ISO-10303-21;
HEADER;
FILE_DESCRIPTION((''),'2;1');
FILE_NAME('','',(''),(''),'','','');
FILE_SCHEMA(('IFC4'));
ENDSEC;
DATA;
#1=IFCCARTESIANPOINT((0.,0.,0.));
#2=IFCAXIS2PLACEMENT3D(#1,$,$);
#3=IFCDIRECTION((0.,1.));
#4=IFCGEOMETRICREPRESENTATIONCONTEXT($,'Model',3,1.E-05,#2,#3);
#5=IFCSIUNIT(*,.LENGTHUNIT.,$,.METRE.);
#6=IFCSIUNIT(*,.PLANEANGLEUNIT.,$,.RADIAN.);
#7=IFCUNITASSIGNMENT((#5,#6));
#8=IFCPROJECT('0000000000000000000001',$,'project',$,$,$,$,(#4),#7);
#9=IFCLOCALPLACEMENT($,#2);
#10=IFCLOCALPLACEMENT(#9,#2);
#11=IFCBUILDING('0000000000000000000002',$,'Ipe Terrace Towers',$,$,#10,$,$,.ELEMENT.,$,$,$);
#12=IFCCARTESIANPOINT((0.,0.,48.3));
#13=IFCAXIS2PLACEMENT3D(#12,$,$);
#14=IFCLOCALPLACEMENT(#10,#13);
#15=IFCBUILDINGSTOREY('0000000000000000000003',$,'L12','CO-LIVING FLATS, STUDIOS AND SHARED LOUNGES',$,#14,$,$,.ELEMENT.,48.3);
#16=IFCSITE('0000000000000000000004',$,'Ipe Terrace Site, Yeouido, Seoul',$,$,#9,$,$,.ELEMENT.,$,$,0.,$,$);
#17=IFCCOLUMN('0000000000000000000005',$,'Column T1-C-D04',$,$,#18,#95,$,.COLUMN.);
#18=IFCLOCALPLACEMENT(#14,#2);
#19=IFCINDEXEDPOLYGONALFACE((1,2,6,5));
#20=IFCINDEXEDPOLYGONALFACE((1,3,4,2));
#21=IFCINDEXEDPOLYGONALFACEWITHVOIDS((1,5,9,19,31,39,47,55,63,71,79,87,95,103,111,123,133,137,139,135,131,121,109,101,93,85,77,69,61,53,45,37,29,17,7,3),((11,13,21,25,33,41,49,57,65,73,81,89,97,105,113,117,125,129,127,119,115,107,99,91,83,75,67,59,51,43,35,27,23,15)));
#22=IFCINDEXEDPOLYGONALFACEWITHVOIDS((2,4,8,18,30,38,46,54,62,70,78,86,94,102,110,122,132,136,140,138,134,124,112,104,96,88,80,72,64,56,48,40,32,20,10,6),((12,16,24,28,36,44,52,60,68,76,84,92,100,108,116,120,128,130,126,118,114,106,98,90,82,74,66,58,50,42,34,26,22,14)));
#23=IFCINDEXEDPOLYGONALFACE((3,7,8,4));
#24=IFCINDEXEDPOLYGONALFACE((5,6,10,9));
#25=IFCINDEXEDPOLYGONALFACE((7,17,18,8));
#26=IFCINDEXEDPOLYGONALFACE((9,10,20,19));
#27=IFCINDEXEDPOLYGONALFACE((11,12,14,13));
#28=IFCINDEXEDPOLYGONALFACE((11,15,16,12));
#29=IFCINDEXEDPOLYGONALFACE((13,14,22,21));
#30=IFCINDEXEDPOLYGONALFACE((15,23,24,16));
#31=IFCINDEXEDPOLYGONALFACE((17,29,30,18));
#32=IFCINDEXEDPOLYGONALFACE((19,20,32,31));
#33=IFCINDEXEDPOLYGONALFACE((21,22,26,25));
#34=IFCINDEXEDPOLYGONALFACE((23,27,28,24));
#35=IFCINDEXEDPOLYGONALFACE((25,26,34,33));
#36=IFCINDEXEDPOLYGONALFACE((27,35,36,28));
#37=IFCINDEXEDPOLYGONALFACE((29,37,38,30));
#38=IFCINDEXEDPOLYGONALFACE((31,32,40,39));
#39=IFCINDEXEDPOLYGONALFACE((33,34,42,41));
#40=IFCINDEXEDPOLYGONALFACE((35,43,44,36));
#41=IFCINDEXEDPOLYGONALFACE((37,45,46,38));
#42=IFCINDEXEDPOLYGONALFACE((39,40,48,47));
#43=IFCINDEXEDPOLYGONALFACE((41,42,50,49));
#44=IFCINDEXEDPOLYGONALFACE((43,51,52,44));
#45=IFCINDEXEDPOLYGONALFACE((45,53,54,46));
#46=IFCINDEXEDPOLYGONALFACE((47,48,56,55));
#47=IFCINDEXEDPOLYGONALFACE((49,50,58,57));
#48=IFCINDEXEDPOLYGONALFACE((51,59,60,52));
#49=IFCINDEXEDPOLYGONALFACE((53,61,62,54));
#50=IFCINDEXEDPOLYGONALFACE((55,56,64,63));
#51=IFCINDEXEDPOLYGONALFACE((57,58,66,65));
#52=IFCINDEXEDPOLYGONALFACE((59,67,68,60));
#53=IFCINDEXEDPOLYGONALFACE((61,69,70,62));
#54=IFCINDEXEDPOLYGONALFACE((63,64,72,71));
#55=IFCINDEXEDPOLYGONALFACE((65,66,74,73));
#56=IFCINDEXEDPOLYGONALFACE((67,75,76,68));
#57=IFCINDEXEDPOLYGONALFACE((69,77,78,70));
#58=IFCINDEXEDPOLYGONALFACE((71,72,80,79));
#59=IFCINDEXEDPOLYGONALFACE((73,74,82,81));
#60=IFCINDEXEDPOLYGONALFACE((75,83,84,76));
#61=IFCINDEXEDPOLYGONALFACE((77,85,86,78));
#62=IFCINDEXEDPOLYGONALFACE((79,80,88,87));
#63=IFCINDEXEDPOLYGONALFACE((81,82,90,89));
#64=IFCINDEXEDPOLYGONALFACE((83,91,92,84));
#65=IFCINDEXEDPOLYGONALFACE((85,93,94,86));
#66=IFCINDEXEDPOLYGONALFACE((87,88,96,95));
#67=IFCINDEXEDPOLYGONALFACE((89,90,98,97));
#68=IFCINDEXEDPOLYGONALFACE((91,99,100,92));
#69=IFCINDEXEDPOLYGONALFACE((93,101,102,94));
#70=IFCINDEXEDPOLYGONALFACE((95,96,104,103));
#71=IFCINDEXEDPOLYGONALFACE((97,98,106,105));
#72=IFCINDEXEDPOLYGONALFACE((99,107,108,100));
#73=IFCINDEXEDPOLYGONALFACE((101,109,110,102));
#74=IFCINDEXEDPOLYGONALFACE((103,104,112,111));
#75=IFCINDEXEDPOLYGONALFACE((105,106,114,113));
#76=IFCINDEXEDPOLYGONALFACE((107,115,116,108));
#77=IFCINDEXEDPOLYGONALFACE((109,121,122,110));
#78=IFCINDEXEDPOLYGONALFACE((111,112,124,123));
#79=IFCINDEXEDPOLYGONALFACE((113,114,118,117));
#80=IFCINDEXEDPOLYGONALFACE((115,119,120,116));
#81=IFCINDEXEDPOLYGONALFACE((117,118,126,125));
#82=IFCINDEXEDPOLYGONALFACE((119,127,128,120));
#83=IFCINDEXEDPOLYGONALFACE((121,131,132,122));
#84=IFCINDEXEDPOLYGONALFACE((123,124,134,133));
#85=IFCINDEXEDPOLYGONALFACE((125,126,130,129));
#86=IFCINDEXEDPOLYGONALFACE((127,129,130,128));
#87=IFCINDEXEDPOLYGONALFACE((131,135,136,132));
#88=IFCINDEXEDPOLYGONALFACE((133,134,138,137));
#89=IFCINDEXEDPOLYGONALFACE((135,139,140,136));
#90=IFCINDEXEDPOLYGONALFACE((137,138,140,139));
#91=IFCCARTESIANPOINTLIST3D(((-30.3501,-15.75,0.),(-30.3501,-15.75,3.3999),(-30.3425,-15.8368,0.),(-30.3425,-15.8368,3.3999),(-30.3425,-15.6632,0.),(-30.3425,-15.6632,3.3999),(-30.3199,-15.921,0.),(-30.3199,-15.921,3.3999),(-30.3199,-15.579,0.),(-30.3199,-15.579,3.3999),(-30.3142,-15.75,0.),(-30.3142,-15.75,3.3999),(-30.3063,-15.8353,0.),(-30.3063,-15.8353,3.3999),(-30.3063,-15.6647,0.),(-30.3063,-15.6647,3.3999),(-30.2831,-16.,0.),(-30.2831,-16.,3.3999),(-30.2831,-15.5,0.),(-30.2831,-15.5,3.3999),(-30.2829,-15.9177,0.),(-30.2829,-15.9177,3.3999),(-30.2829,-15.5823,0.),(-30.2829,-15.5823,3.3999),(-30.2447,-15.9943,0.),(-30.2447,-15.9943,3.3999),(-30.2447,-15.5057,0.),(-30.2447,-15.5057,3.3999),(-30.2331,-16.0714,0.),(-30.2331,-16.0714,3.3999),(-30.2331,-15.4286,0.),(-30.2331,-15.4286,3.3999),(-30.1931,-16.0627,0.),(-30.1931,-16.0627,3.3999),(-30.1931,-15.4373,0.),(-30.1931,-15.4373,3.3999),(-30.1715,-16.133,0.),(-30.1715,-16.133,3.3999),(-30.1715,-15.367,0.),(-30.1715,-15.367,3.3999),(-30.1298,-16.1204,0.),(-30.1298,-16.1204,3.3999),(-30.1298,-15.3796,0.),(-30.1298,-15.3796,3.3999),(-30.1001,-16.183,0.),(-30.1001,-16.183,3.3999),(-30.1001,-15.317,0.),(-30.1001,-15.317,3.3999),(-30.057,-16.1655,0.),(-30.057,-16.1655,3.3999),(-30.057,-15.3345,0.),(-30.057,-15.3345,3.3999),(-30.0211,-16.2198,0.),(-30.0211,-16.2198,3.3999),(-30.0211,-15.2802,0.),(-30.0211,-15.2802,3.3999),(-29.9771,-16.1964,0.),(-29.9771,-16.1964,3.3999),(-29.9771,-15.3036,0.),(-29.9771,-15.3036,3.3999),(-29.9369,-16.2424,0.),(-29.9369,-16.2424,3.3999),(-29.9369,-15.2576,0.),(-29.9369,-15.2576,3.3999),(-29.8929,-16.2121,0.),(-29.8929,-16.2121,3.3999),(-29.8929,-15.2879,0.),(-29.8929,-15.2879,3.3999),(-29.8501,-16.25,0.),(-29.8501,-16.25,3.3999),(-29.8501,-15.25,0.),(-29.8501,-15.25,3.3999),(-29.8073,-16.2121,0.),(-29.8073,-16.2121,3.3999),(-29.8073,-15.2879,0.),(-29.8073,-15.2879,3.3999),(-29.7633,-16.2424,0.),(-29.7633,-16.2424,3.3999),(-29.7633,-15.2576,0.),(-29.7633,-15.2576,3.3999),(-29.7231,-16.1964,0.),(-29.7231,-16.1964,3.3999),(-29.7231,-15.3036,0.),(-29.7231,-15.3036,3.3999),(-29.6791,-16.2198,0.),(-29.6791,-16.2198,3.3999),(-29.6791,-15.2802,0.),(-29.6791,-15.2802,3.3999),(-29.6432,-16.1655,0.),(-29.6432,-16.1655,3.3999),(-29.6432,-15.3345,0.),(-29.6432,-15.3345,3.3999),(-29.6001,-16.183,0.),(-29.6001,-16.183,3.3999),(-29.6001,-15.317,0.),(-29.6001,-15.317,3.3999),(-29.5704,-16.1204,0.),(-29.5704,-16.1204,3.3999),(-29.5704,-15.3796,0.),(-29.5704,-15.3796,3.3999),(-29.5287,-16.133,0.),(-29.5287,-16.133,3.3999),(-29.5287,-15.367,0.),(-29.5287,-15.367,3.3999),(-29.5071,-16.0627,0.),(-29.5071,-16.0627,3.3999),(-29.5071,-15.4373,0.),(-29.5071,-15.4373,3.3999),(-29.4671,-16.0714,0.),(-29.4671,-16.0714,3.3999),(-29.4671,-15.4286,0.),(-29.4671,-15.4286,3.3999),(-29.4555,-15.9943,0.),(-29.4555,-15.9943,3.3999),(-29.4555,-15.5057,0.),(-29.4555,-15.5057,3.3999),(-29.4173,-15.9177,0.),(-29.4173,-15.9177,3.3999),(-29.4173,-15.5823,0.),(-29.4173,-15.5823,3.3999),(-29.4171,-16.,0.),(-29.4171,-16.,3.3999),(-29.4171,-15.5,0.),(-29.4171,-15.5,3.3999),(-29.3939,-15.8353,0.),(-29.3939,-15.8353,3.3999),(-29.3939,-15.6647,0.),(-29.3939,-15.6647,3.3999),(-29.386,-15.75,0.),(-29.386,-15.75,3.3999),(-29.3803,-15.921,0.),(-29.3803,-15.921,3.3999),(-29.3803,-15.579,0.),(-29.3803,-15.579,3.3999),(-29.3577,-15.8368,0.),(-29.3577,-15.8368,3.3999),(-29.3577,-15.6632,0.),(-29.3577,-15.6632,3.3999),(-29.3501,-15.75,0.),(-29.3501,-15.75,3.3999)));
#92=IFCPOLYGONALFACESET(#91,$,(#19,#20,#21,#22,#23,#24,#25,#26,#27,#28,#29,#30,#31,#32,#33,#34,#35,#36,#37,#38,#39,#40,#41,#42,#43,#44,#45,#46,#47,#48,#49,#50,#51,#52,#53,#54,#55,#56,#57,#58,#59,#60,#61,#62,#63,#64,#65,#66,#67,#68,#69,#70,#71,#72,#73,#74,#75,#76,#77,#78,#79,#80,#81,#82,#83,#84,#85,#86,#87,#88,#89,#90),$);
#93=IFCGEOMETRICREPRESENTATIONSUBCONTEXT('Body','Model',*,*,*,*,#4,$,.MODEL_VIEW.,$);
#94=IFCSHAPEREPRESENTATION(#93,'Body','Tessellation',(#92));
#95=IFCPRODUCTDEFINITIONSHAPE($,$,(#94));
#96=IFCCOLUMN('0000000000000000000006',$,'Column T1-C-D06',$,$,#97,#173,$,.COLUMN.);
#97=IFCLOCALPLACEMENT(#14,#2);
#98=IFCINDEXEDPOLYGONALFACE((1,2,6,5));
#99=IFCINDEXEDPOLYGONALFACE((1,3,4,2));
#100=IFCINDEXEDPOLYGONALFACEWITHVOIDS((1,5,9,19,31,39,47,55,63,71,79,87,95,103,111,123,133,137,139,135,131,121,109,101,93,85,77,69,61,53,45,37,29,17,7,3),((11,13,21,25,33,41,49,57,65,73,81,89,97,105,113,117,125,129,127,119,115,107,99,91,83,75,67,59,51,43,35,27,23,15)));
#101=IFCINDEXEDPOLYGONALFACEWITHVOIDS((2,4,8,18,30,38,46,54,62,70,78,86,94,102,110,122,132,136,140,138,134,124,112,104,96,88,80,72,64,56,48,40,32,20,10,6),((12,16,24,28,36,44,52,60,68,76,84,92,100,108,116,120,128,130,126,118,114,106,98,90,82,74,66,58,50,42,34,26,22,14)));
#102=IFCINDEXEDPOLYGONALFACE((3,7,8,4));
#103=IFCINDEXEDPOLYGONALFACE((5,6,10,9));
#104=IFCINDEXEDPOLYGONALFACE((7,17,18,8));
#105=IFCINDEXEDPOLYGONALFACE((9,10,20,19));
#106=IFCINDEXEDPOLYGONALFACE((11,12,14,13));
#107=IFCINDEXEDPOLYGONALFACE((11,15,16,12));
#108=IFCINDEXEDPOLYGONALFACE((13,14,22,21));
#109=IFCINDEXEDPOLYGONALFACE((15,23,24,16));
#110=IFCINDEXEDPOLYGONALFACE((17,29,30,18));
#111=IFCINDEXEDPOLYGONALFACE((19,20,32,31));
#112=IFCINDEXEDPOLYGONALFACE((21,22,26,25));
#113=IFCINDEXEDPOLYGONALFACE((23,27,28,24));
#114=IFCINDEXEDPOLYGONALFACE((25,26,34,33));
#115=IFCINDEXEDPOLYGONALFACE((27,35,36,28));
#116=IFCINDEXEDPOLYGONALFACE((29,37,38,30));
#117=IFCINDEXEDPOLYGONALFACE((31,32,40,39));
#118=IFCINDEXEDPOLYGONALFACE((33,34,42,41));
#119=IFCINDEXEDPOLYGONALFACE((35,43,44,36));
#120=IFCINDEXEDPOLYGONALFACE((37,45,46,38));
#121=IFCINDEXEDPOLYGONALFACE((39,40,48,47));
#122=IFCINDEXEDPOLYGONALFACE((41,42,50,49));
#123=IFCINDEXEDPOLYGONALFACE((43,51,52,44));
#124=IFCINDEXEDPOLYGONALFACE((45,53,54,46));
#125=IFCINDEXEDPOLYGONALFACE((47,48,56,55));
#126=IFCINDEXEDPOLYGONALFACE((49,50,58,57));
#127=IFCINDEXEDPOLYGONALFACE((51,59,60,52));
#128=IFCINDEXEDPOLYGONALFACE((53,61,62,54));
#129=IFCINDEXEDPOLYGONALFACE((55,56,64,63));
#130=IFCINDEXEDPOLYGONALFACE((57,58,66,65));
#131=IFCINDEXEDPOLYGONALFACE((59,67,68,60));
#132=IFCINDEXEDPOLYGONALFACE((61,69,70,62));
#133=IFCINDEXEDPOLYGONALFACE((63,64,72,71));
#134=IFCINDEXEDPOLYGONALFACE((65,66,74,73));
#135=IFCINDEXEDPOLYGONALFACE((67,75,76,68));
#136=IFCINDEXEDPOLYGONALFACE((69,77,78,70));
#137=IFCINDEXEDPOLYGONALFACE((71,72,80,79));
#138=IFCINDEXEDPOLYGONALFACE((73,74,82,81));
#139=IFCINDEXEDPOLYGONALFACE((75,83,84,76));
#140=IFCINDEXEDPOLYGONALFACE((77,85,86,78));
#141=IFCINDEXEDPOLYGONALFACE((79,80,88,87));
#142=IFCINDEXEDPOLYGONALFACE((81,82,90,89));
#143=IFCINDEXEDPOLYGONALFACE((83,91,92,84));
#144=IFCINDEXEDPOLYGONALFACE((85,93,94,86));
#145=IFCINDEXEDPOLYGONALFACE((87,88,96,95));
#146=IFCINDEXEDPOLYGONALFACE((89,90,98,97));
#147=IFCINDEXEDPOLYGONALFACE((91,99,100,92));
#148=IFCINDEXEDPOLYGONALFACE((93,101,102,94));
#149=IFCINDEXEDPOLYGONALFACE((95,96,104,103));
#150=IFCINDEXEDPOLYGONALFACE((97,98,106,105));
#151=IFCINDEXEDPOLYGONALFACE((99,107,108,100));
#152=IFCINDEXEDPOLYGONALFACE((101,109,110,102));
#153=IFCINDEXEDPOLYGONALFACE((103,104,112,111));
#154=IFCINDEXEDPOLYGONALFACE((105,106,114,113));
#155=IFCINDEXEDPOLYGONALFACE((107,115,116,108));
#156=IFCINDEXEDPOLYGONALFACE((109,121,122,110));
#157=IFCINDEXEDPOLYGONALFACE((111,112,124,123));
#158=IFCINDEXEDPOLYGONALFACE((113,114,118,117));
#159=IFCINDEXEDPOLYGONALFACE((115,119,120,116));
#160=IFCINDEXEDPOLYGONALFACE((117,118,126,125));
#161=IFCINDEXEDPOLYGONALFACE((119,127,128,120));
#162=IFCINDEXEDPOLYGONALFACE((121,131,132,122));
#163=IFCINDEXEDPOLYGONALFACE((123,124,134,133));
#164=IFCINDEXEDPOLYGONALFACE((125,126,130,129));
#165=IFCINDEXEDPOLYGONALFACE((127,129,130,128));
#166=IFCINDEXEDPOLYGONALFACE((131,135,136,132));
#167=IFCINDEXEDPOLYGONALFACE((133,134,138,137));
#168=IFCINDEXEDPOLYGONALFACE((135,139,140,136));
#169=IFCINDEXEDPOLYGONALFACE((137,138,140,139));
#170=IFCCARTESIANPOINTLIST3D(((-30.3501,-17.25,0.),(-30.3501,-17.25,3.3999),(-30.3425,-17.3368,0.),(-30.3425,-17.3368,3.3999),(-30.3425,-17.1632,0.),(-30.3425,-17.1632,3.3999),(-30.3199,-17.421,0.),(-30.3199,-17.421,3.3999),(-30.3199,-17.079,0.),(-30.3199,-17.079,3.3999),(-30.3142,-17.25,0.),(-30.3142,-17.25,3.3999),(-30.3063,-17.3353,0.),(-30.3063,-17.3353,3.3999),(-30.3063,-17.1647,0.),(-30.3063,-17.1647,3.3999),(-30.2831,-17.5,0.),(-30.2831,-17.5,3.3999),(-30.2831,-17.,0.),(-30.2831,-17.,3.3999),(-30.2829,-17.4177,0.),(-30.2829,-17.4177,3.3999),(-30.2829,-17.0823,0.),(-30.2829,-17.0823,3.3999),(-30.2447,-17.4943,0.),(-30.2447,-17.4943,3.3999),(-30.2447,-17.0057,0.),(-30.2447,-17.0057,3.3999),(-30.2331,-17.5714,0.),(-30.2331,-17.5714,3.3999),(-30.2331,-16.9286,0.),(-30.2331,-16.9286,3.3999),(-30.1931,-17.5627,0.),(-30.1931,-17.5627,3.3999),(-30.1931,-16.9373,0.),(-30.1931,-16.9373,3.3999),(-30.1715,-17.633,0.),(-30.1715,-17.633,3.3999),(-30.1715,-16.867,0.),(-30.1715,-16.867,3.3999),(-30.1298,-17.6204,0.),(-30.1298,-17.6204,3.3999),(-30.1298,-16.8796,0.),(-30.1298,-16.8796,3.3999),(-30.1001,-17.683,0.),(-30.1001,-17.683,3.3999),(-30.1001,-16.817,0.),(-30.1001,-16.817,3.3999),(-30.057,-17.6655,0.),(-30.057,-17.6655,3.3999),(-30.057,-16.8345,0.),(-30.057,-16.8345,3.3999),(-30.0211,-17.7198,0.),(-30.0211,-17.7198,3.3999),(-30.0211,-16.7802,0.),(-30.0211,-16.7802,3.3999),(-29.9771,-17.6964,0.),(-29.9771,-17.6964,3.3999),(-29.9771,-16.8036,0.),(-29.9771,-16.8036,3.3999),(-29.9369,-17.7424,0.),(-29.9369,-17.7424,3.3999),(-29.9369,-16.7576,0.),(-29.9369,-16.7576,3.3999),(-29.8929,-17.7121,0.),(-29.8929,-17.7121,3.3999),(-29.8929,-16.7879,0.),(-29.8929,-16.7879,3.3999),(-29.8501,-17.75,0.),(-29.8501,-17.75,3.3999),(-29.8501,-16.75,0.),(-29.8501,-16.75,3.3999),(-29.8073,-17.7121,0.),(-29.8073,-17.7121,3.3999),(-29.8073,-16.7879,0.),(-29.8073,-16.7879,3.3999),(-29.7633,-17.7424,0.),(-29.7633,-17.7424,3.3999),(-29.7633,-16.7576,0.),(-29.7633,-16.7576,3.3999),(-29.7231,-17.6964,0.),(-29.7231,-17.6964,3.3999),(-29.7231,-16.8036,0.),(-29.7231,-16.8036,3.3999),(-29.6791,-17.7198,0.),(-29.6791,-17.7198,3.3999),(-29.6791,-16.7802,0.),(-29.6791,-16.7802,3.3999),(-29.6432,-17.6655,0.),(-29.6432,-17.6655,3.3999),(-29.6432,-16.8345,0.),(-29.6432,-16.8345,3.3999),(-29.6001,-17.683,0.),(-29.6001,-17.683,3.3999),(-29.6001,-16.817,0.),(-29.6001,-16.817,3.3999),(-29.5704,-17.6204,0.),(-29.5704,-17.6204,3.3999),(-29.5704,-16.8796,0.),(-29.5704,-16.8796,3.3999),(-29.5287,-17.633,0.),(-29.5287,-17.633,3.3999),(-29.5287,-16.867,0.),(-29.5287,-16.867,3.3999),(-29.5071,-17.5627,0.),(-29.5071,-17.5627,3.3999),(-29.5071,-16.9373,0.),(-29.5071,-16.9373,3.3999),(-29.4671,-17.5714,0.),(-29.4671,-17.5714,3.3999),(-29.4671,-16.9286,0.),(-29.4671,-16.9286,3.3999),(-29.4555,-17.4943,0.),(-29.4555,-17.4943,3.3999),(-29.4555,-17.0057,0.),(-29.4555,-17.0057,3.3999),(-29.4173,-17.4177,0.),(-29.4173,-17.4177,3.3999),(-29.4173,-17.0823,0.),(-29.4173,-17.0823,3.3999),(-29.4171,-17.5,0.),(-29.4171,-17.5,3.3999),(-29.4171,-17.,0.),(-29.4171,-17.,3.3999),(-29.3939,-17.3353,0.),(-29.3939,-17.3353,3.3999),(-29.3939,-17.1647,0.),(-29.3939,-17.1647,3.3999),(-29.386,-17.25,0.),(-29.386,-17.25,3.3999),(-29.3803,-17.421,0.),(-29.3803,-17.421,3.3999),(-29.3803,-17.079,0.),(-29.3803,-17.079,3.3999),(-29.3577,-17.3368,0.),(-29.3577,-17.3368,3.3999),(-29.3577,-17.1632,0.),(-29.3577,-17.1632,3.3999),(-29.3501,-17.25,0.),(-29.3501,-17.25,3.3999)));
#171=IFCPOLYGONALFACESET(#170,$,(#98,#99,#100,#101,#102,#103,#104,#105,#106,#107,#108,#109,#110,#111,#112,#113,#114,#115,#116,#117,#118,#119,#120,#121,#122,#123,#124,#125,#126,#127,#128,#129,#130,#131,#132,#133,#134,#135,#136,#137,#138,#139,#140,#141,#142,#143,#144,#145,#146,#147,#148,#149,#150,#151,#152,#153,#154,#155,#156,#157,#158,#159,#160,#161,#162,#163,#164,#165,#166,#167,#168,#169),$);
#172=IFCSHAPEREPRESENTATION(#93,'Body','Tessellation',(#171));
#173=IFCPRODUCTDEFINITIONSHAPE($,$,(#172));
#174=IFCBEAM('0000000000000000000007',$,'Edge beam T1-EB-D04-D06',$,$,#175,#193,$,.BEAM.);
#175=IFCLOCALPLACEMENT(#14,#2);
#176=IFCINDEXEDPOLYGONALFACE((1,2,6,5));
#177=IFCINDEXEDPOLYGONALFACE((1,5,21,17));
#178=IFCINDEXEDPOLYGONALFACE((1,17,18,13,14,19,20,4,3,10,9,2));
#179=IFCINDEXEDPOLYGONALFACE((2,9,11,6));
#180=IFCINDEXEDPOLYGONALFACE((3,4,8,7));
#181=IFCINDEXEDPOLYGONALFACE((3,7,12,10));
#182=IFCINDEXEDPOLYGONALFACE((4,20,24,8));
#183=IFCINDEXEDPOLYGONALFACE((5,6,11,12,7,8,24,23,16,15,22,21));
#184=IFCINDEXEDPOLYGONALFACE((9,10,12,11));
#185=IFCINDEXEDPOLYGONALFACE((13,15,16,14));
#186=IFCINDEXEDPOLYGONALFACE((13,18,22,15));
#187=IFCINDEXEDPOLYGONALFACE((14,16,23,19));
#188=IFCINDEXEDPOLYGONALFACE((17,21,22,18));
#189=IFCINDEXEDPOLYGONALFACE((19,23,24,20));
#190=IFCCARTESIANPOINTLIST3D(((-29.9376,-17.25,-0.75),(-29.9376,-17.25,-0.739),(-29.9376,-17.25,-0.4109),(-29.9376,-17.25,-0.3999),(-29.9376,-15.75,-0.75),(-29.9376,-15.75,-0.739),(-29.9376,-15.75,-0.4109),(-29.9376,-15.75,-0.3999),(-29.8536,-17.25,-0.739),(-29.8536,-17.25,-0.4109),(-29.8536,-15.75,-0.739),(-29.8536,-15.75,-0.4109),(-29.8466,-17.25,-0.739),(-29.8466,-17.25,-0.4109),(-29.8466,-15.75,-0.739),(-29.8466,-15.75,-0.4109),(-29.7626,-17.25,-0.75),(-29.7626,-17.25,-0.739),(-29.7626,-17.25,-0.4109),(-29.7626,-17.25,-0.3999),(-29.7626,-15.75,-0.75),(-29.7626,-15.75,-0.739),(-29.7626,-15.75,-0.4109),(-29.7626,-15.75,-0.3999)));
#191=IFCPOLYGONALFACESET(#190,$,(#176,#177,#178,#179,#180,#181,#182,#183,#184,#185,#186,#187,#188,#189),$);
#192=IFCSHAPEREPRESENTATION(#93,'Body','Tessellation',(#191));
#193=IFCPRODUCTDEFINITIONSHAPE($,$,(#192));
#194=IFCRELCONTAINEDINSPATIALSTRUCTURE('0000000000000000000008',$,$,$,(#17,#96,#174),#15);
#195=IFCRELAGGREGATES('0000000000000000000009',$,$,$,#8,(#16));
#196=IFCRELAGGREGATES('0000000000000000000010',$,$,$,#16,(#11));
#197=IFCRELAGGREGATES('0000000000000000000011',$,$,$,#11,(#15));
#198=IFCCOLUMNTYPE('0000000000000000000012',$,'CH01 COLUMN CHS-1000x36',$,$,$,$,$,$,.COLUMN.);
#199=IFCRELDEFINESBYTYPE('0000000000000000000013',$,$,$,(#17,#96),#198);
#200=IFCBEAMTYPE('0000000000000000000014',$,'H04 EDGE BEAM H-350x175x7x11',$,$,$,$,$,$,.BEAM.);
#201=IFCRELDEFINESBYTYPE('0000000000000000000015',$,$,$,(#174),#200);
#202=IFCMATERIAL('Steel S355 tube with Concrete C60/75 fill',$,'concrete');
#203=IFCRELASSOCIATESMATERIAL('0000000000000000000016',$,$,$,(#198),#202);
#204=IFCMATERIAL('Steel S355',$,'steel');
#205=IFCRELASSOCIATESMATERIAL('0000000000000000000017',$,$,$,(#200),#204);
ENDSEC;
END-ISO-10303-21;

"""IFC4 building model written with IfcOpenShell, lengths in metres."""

from ifc_helpers import new_model, si_unit, direction, frame, origin, origin_2d, place, context, subcontext, project, spatial, hollow_circle, i_section, extrude, material, material_profile, profile_set, type_object, element, save


model = new_model("IFC4")

# Units and contexts
model_context = context("Model", 3, precision=1e-05, world=origin(), true_north=direction((0.0, 1.0)))
body_context = subcontext(model_context, "Body", "Model", "MODEL_VIEW")
ifc_project = project(units=[si_unit("LENGTHUNIT", "METRE"), si_unit("PLANEANGLEUNIT", "RADIAN")], contexts=[model_context])

# Site, building, storey
site_placement = place(None, origin())
site = spatial("IfcSite", under=ifc_project, at=site_placement, Name="Ipe Terrace Site, Yeouido, Seoul", CompositionType="ELEMENT", RefElevation=0.0)
building_placement = place(site_placement, origin())
building = spatial("IfcBuilding", under=site, at=building_placement, Name="Ipe Terrace Towers", CompositionType="ELEMENT")
storey_placement = place(building_placement, frame((0.0, 0.0, 48.3)))
storey = spatial("IfcBuildingStorey", under=building, at=storey_placement, Name="L12", Description="CO-LIVING FLATS, STUDIOS AND SHARED LOUNGES", CompositionType="ELEMENT", Elevation=48.3)

# Columns
ifc_material_1 = material(Name="Steel S355 tube with Concrete C60/75 fill", Category="concrete")
ifc_material_profile_1 = material_profile(ifc_material_1, hollow_circle(Radius=0.5, WallThickness=0.0359, at=origin_2d()), Name="CHS-1000x36")
ifc_profile_set_1 = profile_set([ifc_material_profile_1], Name="Steel S355 tube with Concrete C60/75 fill")
column_type = type_object("IfcColumnType", Name="CH01 COLUMN CHS-1000x36", PredefinedType="COLUMN", material=ifc_profile_set_1)
for number, where, z_axis, x_axis, name in (
    (1, (-29.8501, -15.75, 0.0), (0.0, 0.0, 1.0), (1.0, 0.0, 0.0), "Column T1-C-D04"),
    (2, (-29.8501, -17.25, 0.0), (0.0, 0.0, 1.0), (1.0, 0.0, 0.0), "Column T1-C-D06"),
):
    element("IfcColumn", number, at=place(storey_placement, frame(where, z_axis=z_axis, x_axis=x_axis)), inside=storey, type_object=column_type, Name=name, PredefinedType="COLUMN", context=body_context, shape_type="SweptSolid", body=[
        extrude(hollow_circle(Radius=0.5, WallThickness=0.0359, at=origin_2d()), origin(), (0.0, 0.0, 1.0), 3.3999),
    ])

# Beam
ifc_material_2 = material(Name="Steel S355", Category="steel")
ifc_material_profile_2 = material_profile(ifc_material_2, i_section(OverallWidth=0.175, OverallDepth=0.3501, WebThickness=0.0071, FlangeThickness=0.011, at=origin_2d()), Name="H-350x175x7x11")
ifc_profile_set_2 = profile_set([ifc_material_profile_2], Name="Steel S355")
beam_type = type_object("IfcBeamType", Name="H04 EDGE BEAM H-350x175x7x11", PredefinedType="BEAM", material=ifc_profile_set_2)
beam_placement = place(storey_placement, frame((-29.8501, -15.75, -0.575), z_axis=(0.0, -1.0, 0.0), x_axis=(1.0, 0.0, 0.0)))
element("IfcBeam", 3, at=beam_placement, inside=storey, type_object=beam_type, Name="Edge beam T1-EB-D04-D06", PredefinedType="BEAM", context=body_context, shape_type="SweptSolid", body=[
    extrude(i_section(OverallWidth=0.175, OverallDepth=0.3501, WebThickness=0.0071, FlangeThickness=0.011, at=origin_2d()), origin(), (0.0, 0.0, 1.0), 1.5),
])

save(model, "model.ifc")
